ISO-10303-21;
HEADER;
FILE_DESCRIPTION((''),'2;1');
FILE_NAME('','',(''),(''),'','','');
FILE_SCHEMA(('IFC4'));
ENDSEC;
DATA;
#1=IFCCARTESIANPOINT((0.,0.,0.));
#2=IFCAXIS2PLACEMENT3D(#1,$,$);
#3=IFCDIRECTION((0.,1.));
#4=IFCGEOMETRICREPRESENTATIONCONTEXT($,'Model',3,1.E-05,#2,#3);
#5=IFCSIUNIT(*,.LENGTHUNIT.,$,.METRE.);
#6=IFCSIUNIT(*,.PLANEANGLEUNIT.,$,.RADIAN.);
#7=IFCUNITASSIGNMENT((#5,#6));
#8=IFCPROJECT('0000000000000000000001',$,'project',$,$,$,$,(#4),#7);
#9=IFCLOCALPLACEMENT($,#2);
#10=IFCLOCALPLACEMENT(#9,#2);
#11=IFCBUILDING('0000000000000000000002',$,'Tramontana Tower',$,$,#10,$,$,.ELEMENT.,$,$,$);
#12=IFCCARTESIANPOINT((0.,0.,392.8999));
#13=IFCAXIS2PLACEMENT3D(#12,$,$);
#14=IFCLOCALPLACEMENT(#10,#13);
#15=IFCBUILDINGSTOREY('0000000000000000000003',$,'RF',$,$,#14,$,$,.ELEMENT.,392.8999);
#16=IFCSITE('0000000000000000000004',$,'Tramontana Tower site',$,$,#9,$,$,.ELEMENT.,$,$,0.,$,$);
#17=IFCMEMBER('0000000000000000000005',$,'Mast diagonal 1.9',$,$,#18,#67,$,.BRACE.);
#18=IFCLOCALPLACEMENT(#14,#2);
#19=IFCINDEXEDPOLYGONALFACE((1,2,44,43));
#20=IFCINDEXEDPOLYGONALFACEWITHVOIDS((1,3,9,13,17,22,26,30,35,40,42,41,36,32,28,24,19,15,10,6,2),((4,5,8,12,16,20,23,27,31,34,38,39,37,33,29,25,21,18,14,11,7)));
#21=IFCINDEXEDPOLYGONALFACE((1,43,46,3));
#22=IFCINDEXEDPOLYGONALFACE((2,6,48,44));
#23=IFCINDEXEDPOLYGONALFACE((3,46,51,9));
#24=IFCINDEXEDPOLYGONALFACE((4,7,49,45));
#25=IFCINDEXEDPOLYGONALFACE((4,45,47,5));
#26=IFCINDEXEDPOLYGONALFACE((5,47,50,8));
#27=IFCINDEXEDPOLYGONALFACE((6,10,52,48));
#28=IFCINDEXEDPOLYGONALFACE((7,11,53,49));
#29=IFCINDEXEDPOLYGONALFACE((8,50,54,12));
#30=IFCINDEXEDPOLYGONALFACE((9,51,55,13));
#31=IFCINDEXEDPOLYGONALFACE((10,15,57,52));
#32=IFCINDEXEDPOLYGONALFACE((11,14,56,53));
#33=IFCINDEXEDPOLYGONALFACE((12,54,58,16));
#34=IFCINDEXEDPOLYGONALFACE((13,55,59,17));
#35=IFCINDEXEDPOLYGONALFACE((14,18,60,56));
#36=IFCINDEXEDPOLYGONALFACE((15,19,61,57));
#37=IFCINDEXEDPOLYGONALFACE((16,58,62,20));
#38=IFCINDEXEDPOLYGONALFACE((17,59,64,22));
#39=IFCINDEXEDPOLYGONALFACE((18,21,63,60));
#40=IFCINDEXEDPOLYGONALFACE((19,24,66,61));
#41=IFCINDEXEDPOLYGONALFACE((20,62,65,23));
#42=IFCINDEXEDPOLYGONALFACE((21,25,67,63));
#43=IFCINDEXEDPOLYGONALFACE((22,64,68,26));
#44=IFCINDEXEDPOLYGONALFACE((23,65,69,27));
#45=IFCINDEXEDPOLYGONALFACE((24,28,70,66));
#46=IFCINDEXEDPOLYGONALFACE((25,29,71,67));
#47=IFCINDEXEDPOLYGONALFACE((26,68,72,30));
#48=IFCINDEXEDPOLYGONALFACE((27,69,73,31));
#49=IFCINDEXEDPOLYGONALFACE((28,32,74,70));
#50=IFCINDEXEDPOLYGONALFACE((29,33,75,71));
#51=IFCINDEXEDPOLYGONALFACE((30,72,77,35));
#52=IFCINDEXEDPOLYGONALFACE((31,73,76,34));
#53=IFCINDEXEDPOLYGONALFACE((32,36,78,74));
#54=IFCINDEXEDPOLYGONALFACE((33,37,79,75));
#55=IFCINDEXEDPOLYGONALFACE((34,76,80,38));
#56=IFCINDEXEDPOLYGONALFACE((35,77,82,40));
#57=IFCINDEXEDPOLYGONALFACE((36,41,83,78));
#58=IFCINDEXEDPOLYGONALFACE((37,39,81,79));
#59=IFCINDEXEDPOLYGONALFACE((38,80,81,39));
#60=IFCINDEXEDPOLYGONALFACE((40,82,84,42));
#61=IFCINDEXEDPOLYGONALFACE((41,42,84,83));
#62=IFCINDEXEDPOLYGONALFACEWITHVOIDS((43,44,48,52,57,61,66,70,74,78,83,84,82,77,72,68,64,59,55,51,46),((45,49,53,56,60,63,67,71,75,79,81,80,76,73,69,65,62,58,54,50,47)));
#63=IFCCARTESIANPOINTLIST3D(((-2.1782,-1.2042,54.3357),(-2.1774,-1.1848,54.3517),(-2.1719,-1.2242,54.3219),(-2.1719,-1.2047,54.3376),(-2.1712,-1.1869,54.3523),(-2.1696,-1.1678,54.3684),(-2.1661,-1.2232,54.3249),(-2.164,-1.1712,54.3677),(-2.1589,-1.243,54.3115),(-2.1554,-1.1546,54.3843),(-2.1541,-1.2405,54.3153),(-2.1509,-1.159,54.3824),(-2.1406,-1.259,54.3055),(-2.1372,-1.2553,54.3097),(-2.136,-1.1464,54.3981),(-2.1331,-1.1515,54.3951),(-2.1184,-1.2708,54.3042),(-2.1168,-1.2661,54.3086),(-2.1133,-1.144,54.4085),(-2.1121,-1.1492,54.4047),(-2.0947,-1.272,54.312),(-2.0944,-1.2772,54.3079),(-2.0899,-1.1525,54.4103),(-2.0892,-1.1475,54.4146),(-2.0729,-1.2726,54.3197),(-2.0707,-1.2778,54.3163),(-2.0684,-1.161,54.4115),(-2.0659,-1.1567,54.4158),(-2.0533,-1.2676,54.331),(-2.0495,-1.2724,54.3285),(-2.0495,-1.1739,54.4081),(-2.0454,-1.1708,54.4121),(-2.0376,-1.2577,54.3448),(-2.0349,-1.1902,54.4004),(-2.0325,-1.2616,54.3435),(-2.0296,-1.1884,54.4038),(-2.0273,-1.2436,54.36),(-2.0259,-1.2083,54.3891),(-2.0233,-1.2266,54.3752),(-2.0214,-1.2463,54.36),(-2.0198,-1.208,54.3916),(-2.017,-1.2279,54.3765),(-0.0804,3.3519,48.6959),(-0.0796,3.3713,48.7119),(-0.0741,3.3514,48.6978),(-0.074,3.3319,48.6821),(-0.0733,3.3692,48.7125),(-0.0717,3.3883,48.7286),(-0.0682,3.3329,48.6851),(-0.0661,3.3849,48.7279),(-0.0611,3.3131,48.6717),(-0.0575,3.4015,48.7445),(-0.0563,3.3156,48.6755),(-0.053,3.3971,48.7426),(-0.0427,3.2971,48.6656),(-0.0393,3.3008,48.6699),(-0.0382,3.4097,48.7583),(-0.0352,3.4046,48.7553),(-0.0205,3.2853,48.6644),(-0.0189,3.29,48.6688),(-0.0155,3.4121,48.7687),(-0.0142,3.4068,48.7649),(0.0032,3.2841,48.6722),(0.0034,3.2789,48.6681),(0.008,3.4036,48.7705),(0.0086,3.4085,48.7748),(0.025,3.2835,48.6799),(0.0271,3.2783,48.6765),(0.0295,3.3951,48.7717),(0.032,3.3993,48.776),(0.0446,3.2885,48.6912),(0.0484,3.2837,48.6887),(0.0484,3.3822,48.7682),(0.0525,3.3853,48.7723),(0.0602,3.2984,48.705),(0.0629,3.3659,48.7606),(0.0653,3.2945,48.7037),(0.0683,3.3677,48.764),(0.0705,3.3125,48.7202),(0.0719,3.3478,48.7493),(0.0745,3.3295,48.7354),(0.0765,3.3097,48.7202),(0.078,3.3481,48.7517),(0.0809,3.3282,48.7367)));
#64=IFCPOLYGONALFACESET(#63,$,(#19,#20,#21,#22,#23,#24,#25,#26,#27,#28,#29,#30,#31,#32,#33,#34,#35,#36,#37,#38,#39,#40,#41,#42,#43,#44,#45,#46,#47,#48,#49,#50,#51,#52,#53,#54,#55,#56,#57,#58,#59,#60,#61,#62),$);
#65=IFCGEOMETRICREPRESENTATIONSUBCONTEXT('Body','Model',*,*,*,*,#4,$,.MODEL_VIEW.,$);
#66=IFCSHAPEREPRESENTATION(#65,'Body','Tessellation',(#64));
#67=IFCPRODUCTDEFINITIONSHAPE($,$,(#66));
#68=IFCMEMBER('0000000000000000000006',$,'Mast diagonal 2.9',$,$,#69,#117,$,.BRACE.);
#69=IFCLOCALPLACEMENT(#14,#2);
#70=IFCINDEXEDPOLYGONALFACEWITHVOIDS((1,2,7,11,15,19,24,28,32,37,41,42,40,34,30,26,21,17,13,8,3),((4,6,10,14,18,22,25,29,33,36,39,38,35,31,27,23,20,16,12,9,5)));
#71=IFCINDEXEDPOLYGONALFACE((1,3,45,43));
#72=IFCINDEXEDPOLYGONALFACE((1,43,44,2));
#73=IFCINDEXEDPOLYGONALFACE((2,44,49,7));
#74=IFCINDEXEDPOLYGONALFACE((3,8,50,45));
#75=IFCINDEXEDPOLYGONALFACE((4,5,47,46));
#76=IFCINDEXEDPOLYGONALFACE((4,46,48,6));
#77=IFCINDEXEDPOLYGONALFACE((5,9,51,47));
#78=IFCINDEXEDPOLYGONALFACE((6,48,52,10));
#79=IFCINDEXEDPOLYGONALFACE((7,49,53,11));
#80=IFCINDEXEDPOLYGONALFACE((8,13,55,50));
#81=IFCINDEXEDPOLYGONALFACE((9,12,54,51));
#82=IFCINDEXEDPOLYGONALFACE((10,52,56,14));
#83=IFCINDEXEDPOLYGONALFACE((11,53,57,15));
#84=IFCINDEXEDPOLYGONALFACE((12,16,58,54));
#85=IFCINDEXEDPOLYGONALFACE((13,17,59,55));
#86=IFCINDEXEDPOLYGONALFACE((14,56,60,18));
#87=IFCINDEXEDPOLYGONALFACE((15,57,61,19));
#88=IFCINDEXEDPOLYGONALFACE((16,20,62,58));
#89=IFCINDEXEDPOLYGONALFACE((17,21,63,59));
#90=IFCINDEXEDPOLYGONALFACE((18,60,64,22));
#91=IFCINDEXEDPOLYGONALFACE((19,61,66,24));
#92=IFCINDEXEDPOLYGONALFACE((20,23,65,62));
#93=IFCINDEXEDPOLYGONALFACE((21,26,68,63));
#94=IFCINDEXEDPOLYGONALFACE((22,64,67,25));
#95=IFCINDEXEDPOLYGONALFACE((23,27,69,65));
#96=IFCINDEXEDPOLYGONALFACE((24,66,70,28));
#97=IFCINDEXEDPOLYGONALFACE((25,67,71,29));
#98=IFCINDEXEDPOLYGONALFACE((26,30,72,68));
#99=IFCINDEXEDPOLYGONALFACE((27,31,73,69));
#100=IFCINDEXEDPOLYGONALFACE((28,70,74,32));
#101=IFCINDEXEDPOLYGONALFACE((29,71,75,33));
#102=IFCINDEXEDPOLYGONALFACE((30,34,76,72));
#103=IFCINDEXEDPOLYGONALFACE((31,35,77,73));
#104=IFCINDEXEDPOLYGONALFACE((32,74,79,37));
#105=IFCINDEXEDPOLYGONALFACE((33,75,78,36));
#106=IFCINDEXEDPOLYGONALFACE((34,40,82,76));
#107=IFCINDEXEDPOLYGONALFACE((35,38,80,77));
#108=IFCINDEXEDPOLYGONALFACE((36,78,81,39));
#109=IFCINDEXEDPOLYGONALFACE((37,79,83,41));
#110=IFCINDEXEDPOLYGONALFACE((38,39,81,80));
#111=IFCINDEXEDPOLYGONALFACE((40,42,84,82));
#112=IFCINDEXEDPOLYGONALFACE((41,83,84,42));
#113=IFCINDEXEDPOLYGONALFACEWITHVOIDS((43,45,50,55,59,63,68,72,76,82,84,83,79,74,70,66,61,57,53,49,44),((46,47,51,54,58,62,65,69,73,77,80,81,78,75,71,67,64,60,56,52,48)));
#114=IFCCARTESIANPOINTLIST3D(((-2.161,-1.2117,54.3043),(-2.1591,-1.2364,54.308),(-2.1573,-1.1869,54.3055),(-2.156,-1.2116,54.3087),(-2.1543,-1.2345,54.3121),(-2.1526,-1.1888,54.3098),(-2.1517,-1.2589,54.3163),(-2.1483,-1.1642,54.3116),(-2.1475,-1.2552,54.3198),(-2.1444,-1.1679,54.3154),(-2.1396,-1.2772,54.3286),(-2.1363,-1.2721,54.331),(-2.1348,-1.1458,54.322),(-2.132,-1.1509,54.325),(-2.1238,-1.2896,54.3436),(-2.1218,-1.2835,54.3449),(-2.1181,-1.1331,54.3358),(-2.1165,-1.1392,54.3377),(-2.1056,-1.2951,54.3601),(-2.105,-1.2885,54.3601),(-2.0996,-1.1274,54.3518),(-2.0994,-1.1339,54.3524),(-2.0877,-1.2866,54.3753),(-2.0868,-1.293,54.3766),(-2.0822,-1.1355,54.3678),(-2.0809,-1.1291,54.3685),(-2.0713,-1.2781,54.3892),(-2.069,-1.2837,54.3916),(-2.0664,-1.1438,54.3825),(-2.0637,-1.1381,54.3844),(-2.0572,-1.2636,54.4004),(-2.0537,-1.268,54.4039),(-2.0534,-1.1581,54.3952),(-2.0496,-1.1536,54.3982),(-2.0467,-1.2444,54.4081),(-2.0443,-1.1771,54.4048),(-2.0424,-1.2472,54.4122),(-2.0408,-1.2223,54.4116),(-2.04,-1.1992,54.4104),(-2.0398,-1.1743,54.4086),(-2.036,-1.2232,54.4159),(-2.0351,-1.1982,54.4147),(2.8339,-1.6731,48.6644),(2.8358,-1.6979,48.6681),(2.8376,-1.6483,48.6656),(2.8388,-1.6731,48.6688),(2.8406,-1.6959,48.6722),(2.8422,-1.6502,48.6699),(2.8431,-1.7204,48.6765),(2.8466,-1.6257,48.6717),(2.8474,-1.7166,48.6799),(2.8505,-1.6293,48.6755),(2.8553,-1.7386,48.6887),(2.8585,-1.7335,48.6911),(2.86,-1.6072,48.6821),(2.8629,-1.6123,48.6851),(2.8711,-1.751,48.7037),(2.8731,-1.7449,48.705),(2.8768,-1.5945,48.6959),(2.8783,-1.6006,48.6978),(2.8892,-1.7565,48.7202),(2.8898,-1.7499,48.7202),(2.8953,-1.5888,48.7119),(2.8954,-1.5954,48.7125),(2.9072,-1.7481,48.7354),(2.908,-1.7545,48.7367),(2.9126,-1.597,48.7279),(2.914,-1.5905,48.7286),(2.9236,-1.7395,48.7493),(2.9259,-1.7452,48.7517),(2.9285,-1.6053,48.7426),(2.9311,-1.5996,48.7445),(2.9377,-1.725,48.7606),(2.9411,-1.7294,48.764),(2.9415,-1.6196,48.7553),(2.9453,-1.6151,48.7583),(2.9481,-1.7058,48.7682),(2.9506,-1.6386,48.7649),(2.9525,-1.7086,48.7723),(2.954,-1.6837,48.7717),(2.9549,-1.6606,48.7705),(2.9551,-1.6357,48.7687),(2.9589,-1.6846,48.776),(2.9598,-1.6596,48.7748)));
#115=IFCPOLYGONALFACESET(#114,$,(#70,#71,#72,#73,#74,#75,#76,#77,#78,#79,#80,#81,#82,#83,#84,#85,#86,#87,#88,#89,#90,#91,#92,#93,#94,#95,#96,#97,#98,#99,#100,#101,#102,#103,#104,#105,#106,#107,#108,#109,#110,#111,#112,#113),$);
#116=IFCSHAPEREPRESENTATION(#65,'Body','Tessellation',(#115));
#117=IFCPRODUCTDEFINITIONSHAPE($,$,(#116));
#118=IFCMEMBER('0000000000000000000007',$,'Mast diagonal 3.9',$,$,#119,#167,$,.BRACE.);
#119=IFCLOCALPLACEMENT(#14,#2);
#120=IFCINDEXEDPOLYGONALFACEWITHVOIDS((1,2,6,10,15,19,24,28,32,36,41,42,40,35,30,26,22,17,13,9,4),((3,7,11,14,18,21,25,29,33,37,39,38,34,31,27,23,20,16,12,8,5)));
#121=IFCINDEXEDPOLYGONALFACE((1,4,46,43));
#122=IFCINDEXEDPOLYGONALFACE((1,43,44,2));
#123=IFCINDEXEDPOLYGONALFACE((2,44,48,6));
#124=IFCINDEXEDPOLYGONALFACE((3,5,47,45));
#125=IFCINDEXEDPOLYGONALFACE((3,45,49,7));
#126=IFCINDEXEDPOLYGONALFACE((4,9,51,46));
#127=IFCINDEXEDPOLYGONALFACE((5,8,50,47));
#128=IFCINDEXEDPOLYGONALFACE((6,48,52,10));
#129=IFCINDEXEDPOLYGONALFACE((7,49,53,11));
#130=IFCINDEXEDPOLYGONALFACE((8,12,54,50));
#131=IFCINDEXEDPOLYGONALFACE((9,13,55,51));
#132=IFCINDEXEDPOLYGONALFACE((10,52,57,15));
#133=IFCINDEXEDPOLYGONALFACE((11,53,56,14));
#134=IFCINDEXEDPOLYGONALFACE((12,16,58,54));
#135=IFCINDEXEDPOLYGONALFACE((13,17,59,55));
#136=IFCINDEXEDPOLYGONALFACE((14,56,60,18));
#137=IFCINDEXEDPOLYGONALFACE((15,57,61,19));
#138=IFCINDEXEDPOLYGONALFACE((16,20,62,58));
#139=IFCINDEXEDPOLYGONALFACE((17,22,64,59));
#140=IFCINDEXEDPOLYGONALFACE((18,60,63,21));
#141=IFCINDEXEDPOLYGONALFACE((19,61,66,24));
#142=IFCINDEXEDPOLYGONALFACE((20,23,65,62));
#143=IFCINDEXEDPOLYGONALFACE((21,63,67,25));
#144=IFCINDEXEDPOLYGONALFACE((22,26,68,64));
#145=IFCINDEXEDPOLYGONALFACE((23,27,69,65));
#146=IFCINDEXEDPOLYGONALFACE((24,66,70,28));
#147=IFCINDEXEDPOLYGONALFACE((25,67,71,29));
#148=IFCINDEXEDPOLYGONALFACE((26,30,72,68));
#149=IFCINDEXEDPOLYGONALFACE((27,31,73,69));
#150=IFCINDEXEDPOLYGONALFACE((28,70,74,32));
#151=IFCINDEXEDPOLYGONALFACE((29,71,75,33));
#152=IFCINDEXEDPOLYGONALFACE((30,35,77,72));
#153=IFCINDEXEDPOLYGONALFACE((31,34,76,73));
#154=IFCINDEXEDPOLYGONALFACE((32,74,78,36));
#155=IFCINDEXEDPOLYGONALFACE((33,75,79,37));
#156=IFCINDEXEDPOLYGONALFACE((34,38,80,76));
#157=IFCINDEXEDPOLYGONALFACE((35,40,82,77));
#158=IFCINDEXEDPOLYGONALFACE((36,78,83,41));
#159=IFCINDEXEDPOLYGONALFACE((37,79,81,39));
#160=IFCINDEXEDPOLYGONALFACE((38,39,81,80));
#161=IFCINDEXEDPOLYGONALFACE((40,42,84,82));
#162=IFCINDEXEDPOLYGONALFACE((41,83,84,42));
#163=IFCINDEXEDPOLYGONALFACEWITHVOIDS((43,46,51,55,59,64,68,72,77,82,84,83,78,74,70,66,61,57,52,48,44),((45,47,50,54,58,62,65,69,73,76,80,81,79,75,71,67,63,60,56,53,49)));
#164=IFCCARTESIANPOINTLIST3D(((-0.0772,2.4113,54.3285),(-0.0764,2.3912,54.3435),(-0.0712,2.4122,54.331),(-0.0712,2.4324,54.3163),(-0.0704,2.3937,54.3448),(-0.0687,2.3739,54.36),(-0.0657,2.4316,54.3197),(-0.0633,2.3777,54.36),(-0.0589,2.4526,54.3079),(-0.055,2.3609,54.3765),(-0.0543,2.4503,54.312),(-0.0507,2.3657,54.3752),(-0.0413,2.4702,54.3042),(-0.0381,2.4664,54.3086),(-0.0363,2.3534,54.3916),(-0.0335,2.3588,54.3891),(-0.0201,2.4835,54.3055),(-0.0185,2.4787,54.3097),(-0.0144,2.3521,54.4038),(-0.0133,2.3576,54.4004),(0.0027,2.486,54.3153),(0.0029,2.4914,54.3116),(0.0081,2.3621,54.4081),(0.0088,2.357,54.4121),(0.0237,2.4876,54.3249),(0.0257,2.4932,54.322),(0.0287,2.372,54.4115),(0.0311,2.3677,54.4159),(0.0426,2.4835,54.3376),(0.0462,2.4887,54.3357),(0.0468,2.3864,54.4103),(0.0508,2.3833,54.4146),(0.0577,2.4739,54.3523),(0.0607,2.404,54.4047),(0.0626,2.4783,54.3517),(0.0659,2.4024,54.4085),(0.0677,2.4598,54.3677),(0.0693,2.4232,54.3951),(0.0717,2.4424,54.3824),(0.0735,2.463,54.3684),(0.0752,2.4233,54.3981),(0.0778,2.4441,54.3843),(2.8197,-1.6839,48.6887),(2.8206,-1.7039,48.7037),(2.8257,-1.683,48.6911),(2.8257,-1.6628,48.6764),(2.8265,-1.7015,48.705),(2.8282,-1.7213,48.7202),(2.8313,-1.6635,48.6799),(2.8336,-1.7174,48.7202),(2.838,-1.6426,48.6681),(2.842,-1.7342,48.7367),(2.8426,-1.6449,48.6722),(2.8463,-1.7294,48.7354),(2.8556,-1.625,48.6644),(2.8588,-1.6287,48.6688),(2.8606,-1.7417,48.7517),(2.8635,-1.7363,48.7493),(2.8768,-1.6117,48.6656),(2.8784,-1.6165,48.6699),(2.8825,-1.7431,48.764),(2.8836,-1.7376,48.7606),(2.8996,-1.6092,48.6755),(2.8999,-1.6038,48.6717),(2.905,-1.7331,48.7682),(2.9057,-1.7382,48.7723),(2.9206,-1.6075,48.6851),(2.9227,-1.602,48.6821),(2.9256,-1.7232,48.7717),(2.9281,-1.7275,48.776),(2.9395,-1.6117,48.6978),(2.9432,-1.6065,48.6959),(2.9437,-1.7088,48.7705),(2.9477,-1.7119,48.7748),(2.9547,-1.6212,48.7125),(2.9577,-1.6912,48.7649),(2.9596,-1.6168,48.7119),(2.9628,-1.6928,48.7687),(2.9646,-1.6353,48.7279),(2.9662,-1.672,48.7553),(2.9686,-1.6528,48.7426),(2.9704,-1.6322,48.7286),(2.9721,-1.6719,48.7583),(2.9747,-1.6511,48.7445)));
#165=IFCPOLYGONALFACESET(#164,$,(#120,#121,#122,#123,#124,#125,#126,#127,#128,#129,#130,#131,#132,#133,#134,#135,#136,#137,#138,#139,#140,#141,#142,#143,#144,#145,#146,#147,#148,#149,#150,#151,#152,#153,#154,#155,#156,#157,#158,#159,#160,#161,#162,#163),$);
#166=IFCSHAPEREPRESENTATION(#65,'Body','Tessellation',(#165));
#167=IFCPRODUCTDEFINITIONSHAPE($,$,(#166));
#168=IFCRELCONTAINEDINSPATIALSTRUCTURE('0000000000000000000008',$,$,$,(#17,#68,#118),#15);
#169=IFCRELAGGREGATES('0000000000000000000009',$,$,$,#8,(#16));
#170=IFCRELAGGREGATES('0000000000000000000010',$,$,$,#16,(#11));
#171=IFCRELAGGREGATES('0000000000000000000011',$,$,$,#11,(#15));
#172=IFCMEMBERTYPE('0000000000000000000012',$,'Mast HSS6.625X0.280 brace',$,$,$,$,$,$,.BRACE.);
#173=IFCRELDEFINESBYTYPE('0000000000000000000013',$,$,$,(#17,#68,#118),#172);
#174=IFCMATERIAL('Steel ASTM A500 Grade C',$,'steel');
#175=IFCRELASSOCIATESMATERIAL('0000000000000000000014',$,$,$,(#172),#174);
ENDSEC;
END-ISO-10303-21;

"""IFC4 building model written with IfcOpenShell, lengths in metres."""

from ifc_helpers import new_model, si_unit, direction, frame, origin, origin_2d, place, context, subcontext, project, spatial, hollow_circle, extrude, material, material_profile, profile_set, type_object, element, save


model = new_model("IFC4")

# Units and contexts
model_context = context("Model", 3, precision=1e-05, world=origin(), true_north=direction((0.0, 1.0)))
body_context = subcontext(model_context, "Body", "Model", "MODEL_VIEW")
ifc_project = project(units=[si_unit("LENGTHUNIT", "METRE"), si_unit("PLANEANGLEUNIT", "RADIAN")], contexts=[model_context])

# Site, building, storey
site_placement = place(None, origin())
site = spatial("IfcSite", under=ifc_project, at=site_placement, Name="Tramontana Tower site", CompositionType="ELEMENT", RefElevation=0.0)
building_placement = place(site_placement, origin())
building = spatial("IfcBuilding", under=site, at=building_placement, Name="Tramontana Tower", CompositionType="ELEMENT")
storey_placement = place(building_placement, frame((0.0, 0.0, 392.8999)))
storey = spatial("IfcBuildingStorey", under=building, at=storey_placement, Name="RF", CompositionType="ELEMENT", Elevation=392.8999)

# Members
ifc_material_1 = material(Name="Steel ASTM A500 Grade C", Category="steel")
ifc_material_profile_1 = material_profile(ifc_material_1, hollow_circle(Radius=0.0842, WallThickness=0.0066, at=origin_2d()), Name="HSS6.625X0.280")
ifc_profile_set_1 = profile_set([ifc_material_profile_1], Name="Steel ASTM A500 Grade C")
member_type_1 = type_object("IfcMemberType", Name="Mast HSS6.625X0.280 brace", PredefinedType="BRACE", material=ifc_profile_set_1)
member_placement = place(storey_placement, frame((0.0, 3.345, 48.7202), z_axis=(-0.277951, -0.603646, 0.747231), x_axis=(0.908334, -0.418246, 0.0)))
element("IfcMember", 1, at=member_placement, inside=storey, type_object=member_type_1, Name="Mast diagonal 1.9", PredefinedType="BRACE", context=body_context, shape_type="SweptSolid", body=[
    extrude(hollow_circle(Radius=0.0842, WallThickness=0.0066, at=origin_2d()), origin(), (0.0, 0.0, 1.0), 7.5476),
])
for number, where, z_axis, x_axis, name in (
    (2, (2.897, -1.6726, 48.7202), (-0.661761, 0.061133, 0.747218), (-0.091988, -0.99576, 0.0), "Mast diagonal 2.9"),
    (3, (2.897, -1.6726, 48.7202), (-0.383809, 0.54256, 0.747208), (-0.816382, -0.577512, 0.0), "Mast diagonal 3.9"),
):
    element("IfcMember", number, at=place(storey_placement, frame(where, z_axis=z_axis, x_axis=x_axis)), inside=storey, type_object=member_type_1, Name=name, PredefinedType="BRACE", context=body_context, shape_type="SweptSolid", body=[
        extrude(hollow_circle(Radius=0.0842, WallThickness=0.0066, at=origin_2d()), origin(), (0.0, 0.0, 1.0), 7.5479),
    ])

save(model, "model.ifc")
